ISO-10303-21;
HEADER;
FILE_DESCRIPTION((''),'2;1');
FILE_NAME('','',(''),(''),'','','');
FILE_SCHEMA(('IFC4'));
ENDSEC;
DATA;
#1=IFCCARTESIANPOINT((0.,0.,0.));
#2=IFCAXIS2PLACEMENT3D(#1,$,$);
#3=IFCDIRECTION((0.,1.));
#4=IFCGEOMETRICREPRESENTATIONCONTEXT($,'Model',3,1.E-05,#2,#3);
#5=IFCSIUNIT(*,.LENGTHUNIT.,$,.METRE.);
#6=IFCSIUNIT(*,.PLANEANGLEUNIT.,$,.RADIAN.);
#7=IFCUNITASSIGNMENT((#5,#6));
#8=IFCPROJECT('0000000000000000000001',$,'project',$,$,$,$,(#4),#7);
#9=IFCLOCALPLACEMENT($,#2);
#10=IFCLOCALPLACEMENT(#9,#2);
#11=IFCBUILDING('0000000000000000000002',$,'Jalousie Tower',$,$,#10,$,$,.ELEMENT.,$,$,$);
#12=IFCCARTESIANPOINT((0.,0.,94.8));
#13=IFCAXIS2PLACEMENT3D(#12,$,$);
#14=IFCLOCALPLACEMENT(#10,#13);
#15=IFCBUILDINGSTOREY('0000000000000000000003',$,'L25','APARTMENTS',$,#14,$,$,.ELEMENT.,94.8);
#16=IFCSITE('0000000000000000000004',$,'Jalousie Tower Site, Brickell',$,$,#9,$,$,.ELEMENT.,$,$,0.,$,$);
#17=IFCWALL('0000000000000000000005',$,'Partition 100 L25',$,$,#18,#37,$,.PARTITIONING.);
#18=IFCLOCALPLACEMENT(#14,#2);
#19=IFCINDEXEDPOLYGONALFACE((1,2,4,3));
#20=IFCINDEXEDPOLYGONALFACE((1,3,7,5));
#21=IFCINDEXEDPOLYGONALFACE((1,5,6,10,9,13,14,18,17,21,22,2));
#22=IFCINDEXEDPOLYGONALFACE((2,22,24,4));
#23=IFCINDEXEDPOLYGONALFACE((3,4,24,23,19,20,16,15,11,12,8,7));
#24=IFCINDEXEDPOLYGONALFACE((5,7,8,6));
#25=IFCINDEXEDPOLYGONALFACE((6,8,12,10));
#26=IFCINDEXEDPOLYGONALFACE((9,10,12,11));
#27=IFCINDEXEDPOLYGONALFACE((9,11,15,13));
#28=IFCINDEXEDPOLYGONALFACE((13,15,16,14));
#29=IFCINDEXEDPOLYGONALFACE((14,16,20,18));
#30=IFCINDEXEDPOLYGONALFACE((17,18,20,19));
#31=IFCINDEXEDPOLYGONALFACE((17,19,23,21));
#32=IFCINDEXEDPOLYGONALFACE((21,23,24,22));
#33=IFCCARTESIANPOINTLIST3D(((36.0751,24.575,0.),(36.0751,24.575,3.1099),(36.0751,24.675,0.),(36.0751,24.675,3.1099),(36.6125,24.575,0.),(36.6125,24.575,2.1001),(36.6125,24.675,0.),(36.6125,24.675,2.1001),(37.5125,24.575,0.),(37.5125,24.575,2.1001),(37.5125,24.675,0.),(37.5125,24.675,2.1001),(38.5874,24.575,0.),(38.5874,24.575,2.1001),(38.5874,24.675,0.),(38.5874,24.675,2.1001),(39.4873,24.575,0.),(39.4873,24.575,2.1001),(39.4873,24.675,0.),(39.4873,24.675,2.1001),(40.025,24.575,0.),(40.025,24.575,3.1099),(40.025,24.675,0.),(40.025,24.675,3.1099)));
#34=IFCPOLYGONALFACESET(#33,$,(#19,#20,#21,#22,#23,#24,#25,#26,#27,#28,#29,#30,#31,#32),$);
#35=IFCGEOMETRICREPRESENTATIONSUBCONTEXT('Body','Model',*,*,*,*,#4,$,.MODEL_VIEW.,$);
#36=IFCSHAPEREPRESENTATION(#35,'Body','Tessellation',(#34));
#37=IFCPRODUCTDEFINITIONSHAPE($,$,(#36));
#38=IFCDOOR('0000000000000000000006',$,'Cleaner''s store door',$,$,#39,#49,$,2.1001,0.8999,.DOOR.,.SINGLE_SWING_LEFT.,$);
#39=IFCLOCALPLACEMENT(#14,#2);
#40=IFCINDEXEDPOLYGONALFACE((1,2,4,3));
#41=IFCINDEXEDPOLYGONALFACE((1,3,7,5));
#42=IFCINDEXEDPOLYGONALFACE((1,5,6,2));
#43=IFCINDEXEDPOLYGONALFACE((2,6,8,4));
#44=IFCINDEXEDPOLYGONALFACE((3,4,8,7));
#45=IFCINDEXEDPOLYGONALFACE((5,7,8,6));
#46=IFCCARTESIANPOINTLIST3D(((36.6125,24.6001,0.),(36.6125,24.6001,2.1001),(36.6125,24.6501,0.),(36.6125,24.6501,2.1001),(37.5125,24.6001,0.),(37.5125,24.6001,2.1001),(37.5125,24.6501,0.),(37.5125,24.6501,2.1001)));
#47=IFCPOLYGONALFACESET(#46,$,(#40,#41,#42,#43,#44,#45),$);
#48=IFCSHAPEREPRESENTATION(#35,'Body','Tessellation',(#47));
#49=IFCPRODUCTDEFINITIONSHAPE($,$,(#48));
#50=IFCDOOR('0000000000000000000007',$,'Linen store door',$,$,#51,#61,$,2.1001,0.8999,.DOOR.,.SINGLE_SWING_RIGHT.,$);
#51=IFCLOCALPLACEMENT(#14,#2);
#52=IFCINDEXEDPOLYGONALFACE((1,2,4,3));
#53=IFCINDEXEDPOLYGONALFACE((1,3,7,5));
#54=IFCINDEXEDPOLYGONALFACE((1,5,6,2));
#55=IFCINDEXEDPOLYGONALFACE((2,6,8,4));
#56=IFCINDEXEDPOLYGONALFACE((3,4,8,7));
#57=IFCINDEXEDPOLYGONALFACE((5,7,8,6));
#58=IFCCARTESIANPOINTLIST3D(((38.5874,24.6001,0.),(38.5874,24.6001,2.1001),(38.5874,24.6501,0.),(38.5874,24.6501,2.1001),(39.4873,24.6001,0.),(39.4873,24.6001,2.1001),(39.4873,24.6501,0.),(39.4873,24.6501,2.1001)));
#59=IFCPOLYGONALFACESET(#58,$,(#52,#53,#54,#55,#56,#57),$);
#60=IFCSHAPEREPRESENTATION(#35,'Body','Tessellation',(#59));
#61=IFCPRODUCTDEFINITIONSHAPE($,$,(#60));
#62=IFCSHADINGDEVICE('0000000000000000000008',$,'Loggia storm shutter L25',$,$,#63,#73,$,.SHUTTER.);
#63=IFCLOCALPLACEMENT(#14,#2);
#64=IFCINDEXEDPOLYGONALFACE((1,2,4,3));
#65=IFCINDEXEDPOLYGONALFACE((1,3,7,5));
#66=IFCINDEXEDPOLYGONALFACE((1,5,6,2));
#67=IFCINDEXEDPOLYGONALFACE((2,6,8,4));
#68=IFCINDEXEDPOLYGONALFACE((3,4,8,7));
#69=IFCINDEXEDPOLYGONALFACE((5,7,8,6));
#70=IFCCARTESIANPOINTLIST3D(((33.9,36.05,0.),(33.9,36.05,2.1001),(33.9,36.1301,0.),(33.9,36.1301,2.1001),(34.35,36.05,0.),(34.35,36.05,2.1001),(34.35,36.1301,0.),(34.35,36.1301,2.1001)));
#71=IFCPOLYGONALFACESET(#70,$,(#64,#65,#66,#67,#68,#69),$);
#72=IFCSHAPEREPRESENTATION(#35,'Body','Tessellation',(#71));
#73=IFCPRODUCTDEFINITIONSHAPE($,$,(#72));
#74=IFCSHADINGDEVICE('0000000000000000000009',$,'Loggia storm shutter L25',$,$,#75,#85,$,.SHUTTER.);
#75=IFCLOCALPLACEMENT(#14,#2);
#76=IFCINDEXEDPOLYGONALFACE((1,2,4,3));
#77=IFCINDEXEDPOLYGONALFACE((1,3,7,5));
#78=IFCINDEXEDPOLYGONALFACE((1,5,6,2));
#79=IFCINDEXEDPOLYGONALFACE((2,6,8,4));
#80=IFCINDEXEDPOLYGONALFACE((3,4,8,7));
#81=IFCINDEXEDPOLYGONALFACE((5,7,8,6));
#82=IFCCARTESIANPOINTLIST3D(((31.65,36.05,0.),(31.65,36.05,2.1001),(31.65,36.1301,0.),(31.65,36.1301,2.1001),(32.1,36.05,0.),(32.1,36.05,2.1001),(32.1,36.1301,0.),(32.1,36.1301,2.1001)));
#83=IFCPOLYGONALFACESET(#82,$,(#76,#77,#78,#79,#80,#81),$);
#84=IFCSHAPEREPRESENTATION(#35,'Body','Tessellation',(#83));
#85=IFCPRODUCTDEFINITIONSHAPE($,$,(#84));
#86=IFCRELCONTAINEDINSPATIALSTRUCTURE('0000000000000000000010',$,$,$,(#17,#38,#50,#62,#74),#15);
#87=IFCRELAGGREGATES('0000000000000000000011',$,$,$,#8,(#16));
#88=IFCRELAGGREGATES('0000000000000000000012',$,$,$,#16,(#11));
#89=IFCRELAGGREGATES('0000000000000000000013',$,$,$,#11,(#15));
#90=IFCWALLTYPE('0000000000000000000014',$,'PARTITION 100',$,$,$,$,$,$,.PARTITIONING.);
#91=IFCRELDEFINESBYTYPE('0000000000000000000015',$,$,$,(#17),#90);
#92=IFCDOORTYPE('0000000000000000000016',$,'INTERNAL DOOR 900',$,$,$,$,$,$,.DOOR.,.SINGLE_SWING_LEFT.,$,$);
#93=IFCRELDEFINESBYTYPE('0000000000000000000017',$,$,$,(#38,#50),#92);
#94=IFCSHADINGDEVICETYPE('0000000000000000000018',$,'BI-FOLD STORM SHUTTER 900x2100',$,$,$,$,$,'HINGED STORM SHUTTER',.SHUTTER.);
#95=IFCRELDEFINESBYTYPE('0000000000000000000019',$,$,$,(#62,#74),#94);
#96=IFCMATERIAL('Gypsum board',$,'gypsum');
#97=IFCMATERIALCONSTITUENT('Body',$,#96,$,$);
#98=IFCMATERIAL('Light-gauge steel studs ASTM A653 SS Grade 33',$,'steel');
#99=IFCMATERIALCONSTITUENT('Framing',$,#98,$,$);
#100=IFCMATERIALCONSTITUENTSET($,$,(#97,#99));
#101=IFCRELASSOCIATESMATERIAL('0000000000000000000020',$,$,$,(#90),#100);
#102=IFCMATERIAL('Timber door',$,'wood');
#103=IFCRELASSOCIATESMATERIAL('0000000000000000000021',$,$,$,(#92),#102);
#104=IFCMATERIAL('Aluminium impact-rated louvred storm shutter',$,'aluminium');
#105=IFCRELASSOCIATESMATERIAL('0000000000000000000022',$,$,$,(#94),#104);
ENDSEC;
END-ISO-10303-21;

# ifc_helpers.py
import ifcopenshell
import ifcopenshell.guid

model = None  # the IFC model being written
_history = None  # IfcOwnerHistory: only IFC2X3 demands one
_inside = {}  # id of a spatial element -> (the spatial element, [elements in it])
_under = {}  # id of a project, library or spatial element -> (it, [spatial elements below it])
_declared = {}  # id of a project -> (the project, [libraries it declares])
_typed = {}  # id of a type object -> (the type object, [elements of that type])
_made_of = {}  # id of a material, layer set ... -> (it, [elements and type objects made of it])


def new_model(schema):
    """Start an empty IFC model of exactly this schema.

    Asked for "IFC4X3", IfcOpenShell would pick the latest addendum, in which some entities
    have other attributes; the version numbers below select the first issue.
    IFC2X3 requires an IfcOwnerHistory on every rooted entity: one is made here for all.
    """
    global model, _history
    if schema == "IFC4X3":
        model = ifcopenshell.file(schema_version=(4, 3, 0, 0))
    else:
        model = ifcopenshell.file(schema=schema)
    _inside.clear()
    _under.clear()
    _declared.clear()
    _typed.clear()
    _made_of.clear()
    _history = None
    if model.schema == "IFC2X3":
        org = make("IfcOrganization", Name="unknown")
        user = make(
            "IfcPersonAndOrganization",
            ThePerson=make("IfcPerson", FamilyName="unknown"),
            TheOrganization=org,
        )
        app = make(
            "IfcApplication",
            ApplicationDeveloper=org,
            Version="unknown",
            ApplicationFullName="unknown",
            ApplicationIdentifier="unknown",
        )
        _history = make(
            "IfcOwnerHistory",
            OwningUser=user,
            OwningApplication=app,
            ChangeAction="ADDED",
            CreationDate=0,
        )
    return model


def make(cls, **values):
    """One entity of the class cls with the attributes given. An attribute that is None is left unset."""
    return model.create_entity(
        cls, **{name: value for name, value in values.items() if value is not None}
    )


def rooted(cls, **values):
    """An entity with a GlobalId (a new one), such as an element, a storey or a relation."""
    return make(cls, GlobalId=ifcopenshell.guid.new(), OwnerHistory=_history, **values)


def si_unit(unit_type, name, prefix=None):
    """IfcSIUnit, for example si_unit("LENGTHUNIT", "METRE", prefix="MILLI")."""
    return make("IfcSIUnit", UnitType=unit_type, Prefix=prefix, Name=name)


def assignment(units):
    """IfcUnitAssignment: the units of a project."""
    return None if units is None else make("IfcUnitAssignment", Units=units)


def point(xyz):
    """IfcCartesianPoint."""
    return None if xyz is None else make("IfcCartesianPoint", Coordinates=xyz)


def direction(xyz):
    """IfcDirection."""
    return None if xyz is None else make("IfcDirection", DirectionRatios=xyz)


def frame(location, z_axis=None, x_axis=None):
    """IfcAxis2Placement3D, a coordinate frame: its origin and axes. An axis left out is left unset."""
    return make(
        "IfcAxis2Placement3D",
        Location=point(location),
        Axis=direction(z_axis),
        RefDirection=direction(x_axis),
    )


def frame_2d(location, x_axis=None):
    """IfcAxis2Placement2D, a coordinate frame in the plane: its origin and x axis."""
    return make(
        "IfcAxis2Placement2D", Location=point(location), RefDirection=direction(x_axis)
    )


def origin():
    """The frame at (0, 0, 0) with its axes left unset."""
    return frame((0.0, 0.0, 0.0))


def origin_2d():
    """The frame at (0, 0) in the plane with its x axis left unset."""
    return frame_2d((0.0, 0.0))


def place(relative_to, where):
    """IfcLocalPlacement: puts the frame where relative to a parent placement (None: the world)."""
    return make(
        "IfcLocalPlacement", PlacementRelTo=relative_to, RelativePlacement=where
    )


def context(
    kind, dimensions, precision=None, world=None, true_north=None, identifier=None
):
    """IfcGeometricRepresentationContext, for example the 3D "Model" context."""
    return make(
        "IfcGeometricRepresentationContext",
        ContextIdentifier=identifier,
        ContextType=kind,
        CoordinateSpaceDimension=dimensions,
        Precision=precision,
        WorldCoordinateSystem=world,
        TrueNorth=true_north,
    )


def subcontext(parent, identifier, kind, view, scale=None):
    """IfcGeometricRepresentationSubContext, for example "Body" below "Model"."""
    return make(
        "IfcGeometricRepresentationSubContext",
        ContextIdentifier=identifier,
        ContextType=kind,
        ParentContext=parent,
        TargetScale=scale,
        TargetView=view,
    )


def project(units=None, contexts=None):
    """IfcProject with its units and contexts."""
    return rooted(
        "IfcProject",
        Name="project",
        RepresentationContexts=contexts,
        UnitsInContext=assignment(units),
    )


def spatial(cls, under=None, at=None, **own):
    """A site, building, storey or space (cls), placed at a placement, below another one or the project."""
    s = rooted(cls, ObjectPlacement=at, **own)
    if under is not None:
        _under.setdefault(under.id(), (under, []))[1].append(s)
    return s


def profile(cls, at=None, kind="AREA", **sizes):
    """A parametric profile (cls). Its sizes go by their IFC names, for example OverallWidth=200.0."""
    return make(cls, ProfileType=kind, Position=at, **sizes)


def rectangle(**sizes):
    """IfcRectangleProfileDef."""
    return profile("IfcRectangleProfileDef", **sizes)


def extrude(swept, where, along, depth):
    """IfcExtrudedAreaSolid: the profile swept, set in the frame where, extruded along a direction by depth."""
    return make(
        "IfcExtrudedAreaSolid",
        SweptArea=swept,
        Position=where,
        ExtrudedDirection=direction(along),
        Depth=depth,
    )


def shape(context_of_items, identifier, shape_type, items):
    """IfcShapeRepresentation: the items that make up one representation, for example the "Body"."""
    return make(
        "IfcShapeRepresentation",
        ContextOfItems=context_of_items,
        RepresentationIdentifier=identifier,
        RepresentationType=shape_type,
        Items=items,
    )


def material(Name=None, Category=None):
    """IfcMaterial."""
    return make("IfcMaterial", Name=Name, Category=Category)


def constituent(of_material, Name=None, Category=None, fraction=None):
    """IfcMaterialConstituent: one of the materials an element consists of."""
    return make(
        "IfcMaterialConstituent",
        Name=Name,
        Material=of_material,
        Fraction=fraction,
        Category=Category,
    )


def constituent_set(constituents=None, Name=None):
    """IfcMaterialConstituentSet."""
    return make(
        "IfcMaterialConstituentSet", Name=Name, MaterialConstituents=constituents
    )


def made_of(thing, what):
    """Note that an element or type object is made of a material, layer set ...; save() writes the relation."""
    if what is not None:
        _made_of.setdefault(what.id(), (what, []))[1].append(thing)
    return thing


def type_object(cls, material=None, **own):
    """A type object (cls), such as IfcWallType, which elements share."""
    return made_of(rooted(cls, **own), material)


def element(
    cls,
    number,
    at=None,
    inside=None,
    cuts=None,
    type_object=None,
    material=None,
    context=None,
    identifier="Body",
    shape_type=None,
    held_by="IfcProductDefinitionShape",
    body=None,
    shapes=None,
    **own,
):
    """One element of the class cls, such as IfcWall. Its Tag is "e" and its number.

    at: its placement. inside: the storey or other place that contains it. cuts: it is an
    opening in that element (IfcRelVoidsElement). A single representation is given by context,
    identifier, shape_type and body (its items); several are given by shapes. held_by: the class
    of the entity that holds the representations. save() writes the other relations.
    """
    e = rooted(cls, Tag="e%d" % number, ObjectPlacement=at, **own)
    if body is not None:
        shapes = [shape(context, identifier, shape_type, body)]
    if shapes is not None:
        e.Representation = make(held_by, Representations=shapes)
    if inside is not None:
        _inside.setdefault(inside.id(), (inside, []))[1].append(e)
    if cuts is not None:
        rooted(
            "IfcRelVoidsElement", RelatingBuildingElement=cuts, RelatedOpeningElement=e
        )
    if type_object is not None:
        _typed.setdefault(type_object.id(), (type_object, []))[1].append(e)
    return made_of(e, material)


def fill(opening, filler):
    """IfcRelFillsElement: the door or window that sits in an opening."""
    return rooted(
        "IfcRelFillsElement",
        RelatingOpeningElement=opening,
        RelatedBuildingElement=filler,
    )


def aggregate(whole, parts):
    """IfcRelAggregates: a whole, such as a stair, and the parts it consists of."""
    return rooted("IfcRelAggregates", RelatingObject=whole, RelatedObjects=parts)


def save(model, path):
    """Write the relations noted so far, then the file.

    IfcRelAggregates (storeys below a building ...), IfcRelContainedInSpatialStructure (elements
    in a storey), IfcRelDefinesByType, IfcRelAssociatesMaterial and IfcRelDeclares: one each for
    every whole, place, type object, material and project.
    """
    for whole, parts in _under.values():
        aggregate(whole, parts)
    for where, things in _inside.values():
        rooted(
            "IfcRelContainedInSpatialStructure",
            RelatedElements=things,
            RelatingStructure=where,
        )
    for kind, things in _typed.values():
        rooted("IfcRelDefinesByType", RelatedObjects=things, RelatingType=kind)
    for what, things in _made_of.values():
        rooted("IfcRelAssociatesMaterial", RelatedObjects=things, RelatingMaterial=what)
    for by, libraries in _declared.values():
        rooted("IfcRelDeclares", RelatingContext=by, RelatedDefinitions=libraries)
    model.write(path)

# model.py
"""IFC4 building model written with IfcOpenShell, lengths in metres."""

from ifc_helpers import new_model, si_unit, direction, frame, frame_2d, origin, origin_2d, place, context, subcontext, project, spatial, rectangle, extrude, material, constituent, constituent_set, type_object, element, fill, save


model = new_model("IFC4")

# Units and contexts
model_context = context("Model", 3, precision=1e-05, world=origin(), true_north=direction((0.0, 1.0)))
body_context = subcontext(model_context, "Body", "Model", "MODEL_VIEW")
ifc_project = project(units=[si_unit("LENGTHUNIT", "METRE"), si_unit("PLANEANGLEUNIT", "RADIAN")], contexts=[model_context])

# Site, building, storey
site_placement = place(None, origin())
site = spatial("IfcSite", under=ifc_project, at=site_placement, Name="Jalousie Tower Site, Brickell", CompositionType="ELEMENT", RefElevation=0.0)
building_placement = place(site_placement, origin())
building = spatial("IfcBuilding", under=site, at=building_placement, Name="Jalousie Tower", CompositionType="ELEMENT")
storey_placement = place(building_placement, frame((0.0, 0.0, 94.8)))
storey = spatial("IfcBuildingStorey", under=building, at=storey_placement, Name="L25", Description="APARTMENTS", CompositionType="ELEMENT", Elevation=94.8)

# Shared definitions
ifc_material_1 = material(Name="Gypsum board", Category="gypsum")
ifc_constituent_1 = constituent(ifc_material_1, Name="Body")
ifc_material_2 = material(Name="Light-gauge steel studs ASTM A653 SS Grade 33", Category="steel")
ifc_constituent_2 = constituent(ifc_material_2, Name="Framing")
ifc_constituent_set_1 = constituent_set(constituents=[ifc_constituent_1, ifc_constituent_2])
wall_type_1 = type_object("IfcWallType", Name="PARTITION 100", PredefinedType="PARTITIONING", material=ifc_constituent_set_1)
ifc_material_3 = material(Name="Timber door", Category="wood")
door_type_1 = type_object("IfcDoorType", Name="INTERNAL DOOR 900", OperationType="SINGLE_SWING_LEFT", PredefinedType="DOOR", material=ifc_material_3)

# Wall, openings, doors
wall_1_placement = place(storey_placement, frame((36.075, 24.625, 0.0), z_axis=(0.0, 0.0, 1.0), x_axis=(1.0, 0.0, 0.0)))
wall_1 = element("IfcWall", 1, at=wall_1_placement, inside=storey, type_object=wall_type_1, Name="Partition 100 L25", PredefinedType="PARTITIONING", context=body_context, shape_type="SweptSolid", body=[
    extrude(rectangle(XDim=3.95, YDim=0.1001, at=frame_2d((1.9751, 0.0))), origin(), (0.0, 0.0, 1.0), 3.1099),
])
opening_1_placement = place(wall_1_placement, frame((0.5376, 0.0, 0.0)))
opening_1 = element("IfcOpeningElement", 2, at=opening_1_placement, cuts=wall_1, PredefinedType="OPENING", context=body_context, shape_type="SweptSolid", body=[
    extrude(rectangle(XDim=0.8999, YDim=2.1001, at=frame_2d((0.45, 1.05))), frame((0.0, 0.0601, 0.0), z_axis=(0.0, -1.0, 0.0), x_axis=(1.0, 0.0, 0.0)), (0.0, 0.0, 1.0), 0.1201),
])
opening_2_placement = place(wall_1_placement, frame((2.5125, 0.0, 0.0)))
opening_2 = element("IfcOpeningElement", 3, at=opening_2_placement, cuts=wall_1, PredefinedType="OPENING", context=body_context, shape_type="SweptSolid", body=[
    extrude(rectangle(XDim=0.8999, YDim=2.1001, at=frame_2d((0.45, 1.05))), frame((0.0, 0.0601, 0.0), z_axis=(0.0, -1.0, 0.0), x_axis=(1.0, 0.0, 0.0)), (0.0, 0.0, 1.0), 0.1201),
])
door_1_placement = place(opening_1_placement, frame((0.8999, 0.0, 0.0), z_axis=(0.0, 0.0, 1.0), x_axis=(-1.0, 0.0, 0.0)))
door_1 = element("IfcDoor", 4, at=door_1_placement, inside=storey, type_object=door_type_1, Name="Cleaner's store door", OperationType="SINGLE_SWING_LEFT", OverallHeight=2.1001, OverallWidth=0.8999, PredefinedType="DOOR", context=body_context, shape_type="SweptSolid", body=[
    extrude(rectangle(XDim=0.8999, YDim=2.1001, at=frame_2d((0.45, 1.05))), frame((0.0, 0.0249, 0.0), z_axis=(0.0, -1.0, 0.0), x_axis=(1.0, 0.0, 0.0)), (0.0, 0.0, 1.0), 0.05),
])
fill(opening_1, door_1)
door_2_placement = place(opening_2_placement, frame((0.8999, 0.0, 0.0), z_axis=(0.0, 0.0, 1.0), x_axis=(-1.0, 0.0, 0.0)))
door_2 = element("IfcDoor", 5, at=door_2_placement, inside=storey, type_object=door_type_1, Name="Linen store door", OperationType="SINGLE_SWING_RIGHT", OverallHeight=2.1001, OverallWidth=0.8999, PredefinedType="DOOR", context=body_context, shape_type="SweptSolid", body=[
    extrude(rectangle(XDim=0.8999, YDim=2.1001, at=frame_2d((0.45, 1.05))), frame((0.0, 0.0249, 0.0), z_axis=(0.0, -1.0, 0.0), x_axis=(1.0, 0.0, 0.0)), (0.0, 0.0, 1.0), 0.05),
])
fill(opening_2, door_2)

# Shading devices
ifc_material_4 = material(Name="Aluminium impact-rated louvred storm shutter", Category="aluminium")
shading_device_type = type_object("IfcShadingDeviceType", Name="BI-FOLD STORM SHUTTER 900x2100", ElementType="HINGED STORM SHUTTER", PredefinedType="SHUTTER", material=ifc_material_4)
for number, where, z_axis, x_axis, name in (
    (6, (34.125, 36.0901, 0.0), (0.0, 0.0, 1.0), (-1.0, 0.0, 0.0), "Loggia storm shutter L25"),
    (7, (31.875, 36.0901, 0.0), (0.0, 0.0, 1.0), (-1.0, 0.0, 0.0), "Loggia storm shutter L25"),
):
    element("IfcShadingDevice", number, at=place(storey_placement, frame(where, z_axis=z_axis, x_axis=x_axis)), inside=storey, type_object=shading_device_type, Name=name, PredefinedType="SHUTTER", context=body_context, shape_type="SweptSolid", body=[
        extrude(rectangle(XDim=0.45, YDim=0.0801, at=origin_2d()), origin(), (0.0, 0.0, 1.0), 2.1001),
    ])

save(model, "model.ifc")
